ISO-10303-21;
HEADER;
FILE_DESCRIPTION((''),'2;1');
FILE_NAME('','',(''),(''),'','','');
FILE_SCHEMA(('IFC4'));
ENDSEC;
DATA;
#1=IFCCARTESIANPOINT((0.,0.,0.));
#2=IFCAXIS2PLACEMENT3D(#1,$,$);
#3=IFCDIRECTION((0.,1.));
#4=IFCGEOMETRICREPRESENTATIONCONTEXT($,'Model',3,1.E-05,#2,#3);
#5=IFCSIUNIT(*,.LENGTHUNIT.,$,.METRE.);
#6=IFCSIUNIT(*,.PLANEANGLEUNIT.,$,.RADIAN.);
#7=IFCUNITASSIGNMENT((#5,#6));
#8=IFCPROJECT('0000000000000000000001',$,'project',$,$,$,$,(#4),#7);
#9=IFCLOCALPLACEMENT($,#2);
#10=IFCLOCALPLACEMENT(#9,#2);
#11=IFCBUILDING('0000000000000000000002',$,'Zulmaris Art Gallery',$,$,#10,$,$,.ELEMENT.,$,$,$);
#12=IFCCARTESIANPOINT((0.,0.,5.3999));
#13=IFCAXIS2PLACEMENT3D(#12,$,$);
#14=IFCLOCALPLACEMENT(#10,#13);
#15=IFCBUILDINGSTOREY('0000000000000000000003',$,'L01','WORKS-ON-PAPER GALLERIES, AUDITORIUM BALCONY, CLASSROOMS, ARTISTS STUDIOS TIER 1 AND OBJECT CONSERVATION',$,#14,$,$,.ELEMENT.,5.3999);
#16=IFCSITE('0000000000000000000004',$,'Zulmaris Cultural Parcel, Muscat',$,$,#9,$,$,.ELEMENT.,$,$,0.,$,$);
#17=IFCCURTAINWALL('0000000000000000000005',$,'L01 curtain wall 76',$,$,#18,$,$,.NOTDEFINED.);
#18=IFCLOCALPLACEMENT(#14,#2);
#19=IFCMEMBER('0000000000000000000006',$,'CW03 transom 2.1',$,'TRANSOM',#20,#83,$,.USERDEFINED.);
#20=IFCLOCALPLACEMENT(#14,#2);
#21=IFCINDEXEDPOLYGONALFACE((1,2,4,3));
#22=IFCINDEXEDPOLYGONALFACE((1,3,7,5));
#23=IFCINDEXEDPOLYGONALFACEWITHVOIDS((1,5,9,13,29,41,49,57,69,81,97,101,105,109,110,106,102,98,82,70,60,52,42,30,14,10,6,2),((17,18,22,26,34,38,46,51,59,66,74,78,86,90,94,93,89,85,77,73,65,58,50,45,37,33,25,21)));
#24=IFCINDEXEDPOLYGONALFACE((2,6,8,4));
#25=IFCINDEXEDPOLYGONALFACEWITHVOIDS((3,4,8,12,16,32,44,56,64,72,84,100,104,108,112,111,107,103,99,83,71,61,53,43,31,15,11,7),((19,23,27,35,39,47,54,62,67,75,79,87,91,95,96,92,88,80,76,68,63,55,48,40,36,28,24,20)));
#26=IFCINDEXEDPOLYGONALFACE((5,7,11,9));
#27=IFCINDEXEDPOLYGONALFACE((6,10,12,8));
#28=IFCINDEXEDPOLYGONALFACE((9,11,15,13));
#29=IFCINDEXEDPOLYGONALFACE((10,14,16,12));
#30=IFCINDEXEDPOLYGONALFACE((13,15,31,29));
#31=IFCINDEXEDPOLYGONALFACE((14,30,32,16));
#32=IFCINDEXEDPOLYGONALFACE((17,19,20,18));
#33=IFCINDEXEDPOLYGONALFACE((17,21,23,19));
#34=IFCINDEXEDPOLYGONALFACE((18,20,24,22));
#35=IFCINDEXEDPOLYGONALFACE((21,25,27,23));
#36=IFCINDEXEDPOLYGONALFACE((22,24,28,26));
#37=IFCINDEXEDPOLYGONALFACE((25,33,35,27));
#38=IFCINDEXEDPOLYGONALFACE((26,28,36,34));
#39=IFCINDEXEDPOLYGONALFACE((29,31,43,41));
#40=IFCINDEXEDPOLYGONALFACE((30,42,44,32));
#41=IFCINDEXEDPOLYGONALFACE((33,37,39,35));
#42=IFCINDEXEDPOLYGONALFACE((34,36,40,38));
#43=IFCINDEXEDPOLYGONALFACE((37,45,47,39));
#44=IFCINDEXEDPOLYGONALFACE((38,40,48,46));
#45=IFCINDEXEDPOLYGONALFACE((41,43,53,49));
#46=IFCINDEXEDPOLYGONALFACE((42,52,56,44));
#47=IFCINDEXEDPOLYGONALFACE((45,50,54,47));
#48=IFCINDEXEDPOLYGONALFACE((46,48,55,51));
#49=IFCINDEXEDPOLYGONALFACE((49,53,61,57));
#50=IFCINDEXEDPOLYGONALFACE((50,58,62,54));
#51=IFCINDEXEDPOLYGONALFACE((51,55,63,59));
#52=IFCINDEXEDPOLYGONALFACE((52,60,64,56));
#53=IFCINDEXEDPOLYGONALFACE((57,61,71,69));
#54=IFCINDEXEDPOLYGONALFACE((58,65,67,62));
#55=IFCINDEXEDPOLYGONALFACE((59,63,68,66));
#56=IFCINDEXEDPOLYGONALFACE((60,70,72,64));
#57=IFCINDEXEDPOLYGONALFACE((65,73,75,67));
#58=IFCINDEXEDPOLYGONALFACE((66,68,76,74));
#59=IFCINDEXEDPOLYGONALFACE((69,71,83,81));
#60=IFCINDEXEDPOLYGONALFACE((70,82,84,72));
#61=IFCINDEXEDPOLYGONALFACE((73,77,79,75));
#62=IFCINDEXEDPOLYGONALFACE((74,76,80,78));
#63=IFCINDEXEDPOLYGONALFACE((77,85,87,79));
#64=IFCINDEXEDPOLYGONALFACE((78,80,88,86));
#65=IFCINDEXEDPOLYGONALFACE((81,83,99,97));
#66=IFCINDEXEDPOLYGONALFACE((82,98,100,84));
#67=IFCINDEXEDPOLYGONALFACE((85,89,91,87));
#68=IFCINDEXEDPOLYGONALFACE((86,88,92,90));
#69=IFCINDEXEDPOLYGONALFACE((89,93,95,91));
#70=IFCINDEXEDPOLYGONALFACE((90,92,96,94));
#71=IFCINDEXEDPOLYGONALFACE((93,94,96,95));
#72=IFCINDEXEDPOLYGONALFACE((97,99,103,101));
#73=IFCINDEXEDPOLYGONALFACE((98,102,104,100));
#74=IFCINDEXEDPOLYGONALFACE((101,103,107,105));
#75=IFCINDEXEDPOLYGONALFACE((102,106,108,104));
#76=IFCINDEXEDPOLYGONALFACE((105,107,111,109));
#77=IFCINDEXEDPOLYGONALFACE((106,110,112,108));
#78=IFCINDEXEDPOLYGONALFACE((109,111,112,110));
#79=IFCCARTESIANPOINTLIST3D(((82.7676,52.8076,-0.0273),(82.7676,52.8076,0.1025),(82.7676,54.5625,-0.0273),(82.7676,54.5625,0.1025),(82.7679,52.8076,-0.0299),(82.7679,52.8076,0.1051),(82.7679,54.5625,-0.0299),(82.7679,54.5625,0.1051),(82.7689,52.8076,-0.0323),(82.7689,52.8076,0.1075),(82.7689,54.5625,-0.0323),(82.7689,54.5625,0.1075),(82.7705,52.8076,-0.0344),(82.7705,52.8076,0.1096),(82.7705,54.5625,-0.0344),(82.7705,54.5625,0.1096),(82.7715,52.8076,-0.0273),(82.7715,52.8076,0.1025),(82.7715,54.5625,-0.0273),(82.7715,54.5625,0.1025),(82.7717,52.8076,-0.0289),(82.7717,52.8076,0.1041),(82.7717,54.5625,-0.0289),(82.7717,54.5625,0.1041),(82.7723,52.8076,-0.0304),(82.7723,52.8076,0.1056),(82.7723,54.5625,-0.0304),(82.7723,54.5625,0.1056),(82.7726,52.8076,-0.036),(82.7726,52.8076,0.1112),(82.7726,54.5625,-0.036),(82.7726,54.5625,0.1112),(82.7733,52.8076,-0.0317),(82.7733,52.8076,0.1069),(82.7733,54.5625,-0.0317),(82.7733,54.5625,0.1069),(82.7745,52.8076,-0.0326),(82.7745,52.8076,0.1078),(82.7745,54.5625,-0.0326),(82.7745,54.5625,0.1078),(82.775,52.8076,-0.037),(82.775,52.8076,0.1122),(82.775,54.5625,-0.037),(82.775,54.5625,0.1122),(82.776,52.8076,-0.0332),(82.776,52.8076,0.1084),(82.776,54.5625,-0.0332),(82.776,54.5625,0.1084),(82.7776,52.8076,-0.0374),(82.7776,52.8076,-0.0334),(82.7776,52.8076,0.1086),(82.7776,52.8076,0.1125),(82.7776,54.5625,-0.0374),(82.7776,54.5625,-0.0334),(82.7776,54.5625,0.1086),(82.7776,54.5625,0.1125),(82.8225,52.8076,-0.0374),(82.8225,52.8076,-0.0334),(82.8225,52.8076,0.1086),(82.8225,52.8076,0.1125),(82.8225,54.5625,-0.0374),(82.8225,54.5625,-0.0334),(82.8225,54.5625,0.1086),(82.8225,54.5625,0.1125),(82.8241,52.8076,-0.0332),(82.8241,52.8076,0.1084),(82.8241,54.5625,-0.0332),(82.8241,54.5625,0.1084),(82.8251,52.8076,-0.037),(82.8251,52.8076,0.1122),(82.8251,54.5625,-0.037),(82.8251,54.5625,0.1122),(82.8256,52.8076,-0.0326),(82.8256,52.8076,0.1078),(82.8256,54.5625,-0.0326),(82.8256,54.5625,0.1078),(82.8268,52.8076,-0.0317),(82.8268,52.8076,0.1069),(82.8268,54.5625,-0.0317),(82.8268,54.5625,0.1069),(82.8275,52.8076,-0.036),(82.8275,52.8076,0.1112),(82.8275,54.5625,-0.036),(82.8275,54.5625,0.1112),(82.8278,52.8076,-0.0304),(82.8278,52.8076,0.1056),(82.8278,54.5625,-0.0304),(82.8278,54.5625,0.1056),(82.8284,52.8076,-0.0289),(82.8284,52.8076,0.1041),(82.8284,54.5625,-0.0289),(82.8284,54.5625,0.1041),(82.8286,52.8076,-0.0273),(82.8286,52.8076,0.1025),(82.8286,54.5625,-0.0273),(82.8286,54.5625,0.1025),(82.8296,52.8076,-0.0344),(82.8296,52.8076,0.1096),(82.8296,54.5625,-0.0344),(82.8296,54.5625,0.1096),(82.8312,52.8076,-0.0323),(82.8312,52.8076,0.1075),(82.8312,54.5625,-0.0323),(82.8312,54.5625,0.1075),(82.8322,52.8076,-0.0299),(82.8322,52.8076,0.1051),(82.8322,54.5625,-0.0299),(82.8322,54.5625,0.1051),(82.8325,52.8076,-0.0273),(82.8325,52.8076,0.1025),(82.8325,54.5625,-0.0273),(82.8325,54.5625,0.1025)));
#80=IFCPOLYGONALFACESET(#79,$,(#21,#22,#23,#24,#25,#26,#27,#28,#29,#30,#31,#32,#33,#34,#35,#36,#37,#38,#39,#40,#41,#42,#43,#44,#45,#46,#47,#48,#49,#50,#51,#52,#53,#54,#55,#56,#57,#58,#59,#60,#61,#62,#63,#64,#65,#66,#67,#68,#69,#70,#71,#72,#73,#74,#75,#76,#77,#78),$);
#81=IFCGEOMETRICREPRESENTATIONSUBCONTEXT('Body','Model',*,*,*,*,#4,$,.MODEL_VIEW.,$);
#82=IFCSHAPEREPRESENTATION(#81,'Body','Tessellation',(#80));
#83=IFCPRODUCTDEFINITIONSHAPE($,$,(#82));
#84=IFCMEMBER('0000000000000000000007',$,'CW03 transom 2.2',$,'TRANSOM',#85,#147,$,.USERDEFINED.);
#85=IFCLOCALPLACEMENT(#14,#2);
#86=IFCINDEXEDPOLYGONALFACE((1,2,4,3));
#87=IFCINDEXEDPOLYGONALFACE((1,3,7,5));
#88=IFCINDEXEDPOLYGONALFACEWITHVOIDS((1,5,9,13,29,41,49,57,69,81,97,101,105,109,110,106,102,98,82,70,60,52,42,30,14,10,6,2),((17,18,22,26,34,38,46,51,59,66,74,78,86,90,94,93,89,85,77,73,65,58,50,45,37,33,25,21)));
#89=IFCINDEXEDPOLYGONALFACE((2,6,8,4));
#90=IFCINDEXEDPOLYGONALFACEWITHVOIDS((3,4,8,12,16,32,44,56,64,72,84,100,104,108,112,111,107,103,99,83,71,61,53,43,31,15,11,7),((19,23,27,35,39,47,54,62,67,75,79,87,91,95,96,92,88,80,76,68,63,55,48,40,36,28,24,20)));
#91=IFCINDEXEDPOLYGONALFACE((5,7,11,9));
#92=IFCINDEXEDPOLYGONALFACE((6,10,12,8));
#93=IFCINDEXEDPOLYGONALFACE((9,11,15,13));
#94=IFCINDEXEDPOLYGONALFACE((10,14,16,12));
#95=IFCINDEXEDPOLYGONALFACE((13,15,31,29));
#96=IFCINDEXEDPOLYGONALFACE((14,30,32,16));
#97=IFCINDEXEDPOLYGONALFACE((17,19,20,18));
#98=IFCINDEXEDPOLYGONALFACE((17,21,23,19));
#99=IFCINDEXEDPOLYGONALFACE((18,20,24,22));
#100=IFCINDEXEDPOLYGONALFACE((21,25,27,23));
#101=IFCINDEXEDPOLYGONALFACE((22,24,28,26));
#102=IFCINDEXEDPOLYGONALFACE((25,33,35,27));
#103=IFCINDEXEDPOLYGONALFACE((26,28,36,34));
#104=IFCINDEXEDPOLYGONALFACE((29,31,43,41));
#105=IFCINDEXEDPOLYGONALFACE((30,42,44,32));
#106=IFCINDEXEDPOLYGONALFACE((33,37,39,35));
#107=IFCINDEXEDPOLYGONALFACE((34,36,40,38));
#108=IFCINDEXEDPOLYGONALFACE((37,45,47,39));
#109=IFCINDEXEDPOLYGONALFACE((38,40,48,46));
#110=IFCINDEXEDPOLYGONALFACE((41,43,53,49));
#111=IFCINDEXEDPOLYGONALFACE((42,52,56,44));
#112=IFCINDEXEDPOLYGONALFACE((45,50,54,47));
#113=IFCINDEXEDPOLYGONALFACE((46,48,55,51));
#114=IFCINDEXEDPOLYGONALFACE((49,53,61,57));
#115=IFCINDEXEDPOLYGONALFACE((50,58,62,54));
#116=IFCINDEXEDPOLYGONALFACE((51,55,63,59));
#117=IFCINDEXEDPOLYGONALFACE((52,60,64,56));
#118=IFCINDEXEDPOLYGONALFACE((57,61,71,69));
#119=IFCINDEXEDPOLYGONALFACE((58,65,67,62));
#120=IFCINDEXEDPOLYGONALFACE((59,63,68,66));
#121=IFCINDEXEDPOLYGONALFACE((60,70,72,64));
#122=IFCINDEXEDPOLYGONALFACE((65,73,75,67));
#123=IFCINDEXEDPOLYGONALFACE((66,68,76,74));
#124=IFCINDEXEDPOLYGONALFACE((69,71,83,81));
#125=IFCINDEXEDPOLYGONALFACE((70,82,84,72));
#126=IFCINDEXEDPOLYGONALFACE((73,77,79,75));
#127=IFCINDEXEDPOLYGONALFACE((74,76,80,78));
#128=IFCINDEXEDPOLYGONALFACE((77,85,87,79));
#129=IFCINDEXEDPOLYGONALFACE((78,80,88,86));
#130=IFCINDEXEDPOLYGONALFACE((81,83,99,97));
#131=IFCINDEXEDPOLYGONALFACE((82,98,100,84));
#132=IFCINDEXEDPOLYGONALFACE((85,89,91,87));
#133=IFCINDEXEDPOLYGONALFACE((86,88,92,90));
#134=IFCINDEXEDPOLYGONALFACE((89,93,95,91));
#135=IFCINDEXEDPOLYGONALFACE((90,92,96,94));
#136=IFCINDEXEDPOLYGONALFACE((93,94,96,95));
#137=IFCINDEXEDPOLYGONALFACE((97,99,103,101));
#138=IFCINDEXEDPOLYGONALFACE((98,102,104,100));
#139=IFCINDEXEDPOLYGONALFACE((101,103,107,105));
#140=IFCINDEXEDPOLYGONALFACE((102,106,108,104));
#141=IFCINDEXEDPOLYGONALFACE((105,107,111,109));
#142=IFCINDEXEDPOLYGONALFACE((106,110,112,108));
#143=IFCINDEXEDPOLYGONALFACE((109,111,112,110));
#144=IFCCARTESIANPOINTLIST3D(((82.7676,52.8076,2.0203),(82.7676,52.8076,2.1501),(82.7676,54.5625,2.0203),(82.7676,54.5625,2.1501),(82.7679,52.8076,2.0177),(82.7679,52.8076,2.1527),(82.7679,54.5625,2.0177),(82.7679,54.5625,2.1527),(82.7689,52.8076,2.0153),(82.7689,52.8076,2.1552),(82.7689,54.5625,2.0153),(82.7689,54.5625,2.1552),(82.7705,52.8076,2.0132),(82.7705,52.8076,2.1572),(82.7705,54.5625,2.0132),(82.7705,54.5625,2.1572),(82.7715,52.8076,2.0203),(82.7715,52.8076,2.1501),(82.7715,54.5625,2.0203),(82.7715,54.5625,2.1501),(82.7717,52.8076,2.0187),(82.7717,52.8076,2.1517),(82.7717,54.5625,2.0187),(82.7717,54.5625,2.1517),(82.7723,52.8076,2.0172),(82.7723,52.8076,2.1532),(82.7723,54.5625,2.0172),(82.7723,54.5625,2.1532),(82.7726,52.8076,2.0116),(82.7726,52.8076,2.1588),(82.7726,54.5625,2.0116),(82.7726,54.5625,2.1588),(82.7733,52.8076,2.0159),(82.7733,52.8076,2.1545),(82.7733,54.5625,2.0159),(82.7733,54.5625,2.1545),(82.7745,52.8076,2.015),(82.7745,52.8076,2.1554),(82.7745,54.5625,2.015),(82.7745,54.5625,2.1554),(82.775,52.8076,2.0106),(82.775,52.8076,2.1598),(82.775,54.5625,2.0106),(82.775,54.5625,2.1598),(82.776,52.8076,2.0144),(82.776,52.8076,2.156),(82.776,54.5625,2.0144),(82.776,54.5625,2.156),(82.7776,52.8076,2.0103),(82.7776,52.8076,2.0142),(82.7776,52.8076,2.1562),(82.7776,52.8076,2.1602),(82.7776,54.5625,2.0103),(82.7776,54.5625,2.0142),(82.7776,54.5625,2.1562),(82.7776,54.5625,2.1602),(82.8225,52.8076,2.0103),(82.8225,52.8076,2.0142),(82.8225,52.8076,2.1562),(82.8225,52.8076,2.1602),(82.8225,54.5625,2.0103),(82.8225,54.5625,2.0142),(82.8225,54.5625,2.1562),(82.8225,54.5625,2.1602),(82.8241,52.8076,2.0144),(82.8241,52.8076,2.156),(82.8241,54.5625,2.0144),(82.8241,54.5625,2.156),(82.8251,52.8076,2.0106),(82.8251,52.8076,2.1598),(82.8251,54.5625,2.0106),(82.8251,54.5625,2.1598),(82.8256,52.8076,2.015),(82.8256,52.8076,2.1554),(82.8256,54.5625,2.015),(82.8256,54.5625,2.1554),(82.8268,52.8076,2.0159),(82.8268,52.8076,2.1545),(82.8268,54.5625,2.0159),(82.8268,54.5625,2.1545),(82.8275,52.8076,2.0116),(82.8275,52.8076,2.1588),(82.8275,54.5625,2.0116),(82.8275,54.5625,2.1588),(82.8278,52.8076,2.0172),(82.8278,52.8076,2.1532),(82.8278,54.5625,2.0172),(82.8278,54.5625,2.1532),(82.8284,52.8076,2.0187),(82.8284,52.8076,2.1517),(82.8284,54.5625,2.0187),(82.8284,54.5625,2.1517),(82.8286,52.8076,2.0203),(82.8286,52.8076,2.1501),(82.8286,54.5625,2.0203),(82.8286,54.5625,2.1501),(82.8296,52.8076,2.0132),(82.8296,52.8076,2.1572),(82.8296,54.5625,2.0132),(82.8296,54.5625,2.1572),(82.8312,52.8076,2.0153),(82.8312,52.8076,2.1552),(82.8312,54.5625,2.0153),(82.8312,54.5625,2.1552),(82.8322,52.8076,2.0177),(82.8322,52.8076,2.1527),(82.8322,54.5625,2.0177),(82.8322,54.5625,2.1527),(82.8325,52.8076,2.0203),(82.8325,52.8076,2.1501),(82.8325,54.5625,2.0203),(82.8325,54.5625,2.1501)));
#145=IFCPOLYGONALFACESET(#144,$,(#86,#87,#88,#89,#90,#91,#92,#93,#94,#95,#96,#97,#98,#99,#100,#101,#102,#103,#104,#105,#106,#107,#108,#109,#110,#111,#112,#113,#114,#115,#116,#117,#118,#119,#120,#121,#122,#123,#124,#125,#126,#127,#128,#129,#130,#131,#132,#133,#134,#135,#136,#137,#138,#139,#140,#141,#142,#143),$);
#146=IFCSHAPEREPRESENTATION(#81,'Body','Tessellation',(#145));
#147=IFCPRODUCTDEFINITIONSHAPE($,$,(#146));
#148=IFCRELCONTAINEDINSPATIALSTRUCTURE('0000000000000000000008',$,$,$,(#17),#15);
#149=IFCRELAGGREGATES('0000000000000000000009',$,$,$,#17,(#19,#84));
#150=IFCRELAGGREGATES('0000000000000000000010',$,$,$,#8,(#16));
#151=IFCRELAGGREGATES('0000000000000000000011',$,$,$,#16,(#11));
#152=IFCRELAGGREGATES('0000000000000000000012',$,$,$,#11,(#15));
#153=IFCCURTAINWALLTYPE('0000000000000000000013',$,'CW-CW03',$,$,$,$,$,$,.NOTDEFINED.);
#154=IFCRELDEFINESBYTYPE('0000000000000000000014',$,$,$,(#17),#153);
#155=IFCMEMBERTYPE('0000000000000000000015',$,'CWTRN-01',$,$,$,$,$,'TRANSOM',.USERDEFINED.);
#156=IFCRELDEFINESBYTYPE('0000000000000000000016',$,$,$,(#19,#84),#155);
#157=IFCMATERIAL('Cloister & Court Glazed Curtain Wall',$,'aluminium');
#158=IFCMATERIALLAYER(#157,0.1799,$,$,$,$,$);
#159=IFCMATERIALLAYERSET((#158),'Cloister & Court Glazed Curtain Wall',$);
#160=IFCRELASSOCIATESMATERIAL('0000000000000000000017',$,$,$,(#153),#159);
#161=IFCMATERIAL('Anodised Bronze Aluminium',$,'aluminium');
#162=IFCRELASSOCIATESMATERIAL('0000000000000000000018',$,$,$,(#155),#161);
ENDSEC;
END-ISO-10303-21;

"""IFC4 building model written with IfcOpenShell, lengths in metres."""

from ifc_helpers import new_model, si_unit, direction, frame, origin, origin_2d, place, context, subcontext, project, spatial, hollow_rectangle, extrude, material, layer, layer_set, material_profile, profile_set, type_object, element, aggregate, save


model = new_model("IFC4")

# Units and contexts
model_context = context("Model", 3, precision=1e-05, world=origin(), true_north=direction((0.0, 1.0)))
body_context = subcontext(model_context, "Body", "Model", "MODEL_VIEW")
ifc_project = project(units=[si_unit("LENGTHUNIT", "METRE"), si_unit("PLANEANGLEUNIT", "RADIAN")], contexts=[model_context])

# Site, building, storey
site_placement = place(None, origin())
site = spatial("IfcSite", under=ifc_project, at=site_placement, Name="Zulmaris Cultural Parcel, Muscat", CompositionType="ELEMENT", RefElevation=0.0)
building_placement = place(site_placement, origin())
building = spatial("IfcBuilding", under=site, at=building_placement, Name="Zulmaris Art Gallery", CompositionType="ELEMENT")
storey_placement = place(building_placement, frame((0.0, 0.0, 5.3999)))
storey = spatial("IfcBuildingStorey", under=building, at=storey_placement, Name="L01", Description="WORKS-ON-PAPER GALLERIES, AUDITORIUM BALCONY, CLASSROOMS, ARTISTS STUDIOS TIER 1 AND OBJECT CONSERVATION", CompositionType="ELEMENT", Elevation=5.3999)

# Shared definitions
ifc_material_1 = material(Name="Cloister & Court Glazed Curtain Wall", Category="aluminium")
ifc_layer_1 = layer(ifc_material_1, 0.1799)
ifc_layer_set_1 = layer_set([ifc_layer_1], Name="Cloister & Court Glazed Curtain Wall")
curtain_wall_type = type_object("IfcCurtainWallType", Name="CW-CW03", PredefinedType="NOTDEFINED", material=ifc_layer_set_1)
ifc_material_2 = material(Name="Anodised Bronze Aluminium", Category="aluminium")

# Curtain wall
curtain_wall_1_placement = place(storey_placement, origin())
curtain_wall_1 = element("IfcCurtainWall", 1, at=curtain_wall_1_placement, inside=storey, type_object=curtain_wall_type, Name="L01 curtain wall 76", PredefinedType="NOTDEFINED")

# Members
ifc_material_profile_1 = material_profile(ifc_material_2, hollow_rectangle(XDim=0.0649, YDim=0.1499, WallThickness=0.0039, InnerFilletRadius=0.0061, OuterFilletRadius=0.01, at=origin_2d()), Name="ALU 65x150x4")
ifc_profile_set_1 = profile_set([ifc_material_profile_1], Name="Anodised Bronze Aluminium")
member_type_1 = type_object("IfcMemberType", Name="CWTRN-01", ElementType="TRANSOM", PredefinedType="USERDEFINED", material=ifc_profile_set_1)
member_1_placement = place(storey_placement, frame((82.8, 52.8076, 0.0376), z_axis=(0.0, 1.0, 0.0), x_axis=(-1.0, 0.0, 0.0)))
member_1 = element("IfcMember", 2, at=member_1_placement, type_object=member_type_1, Name="CW03 transom 2.1", ObjectType="TRANSOM", PredefinedType="USERDEFINED", context=body_context, shape_type="SweptSolid", body=[
    extrude(hollow_rectangle(XDim=0.0649, YDim=0.1499, WallThickness=0.0039, InnerFilletRadius=0.0061, OuterFilletRadius=0.01, at=origin_2d()), origin(), (0.0, 0.0, 1.0), 1.7549),
])
member_2_placement = place(storey_placement, frame((82.8, 52.8076, 2.0852), z_axis=(0.0, 1.0, 0.0), x_axis=(-1.0, 0.0, 0.0)))
member_2 = element("IfcMember", 3, at=member_2_placement, type_object=member_type_1, Name="CW03 transom 2.2", ObjectType="TRANSOM", PredefinedType="USERDEFINED", context=body_context, shape_type="SweptSolid", body=[
    extrude(hollow_rectangle(XDim=0.0649, YDim=0.1499, WallThickness=0.0039, InnerFilletRadius=0.0061, OuterFilletRadius=0.01, at=origin_2d()), origin(), (0.0, 0.0, 1.0), 1.7549),
])

aggregate(curtain_wall_1, [member_1, member_2])

save(model, "model.ifc")
